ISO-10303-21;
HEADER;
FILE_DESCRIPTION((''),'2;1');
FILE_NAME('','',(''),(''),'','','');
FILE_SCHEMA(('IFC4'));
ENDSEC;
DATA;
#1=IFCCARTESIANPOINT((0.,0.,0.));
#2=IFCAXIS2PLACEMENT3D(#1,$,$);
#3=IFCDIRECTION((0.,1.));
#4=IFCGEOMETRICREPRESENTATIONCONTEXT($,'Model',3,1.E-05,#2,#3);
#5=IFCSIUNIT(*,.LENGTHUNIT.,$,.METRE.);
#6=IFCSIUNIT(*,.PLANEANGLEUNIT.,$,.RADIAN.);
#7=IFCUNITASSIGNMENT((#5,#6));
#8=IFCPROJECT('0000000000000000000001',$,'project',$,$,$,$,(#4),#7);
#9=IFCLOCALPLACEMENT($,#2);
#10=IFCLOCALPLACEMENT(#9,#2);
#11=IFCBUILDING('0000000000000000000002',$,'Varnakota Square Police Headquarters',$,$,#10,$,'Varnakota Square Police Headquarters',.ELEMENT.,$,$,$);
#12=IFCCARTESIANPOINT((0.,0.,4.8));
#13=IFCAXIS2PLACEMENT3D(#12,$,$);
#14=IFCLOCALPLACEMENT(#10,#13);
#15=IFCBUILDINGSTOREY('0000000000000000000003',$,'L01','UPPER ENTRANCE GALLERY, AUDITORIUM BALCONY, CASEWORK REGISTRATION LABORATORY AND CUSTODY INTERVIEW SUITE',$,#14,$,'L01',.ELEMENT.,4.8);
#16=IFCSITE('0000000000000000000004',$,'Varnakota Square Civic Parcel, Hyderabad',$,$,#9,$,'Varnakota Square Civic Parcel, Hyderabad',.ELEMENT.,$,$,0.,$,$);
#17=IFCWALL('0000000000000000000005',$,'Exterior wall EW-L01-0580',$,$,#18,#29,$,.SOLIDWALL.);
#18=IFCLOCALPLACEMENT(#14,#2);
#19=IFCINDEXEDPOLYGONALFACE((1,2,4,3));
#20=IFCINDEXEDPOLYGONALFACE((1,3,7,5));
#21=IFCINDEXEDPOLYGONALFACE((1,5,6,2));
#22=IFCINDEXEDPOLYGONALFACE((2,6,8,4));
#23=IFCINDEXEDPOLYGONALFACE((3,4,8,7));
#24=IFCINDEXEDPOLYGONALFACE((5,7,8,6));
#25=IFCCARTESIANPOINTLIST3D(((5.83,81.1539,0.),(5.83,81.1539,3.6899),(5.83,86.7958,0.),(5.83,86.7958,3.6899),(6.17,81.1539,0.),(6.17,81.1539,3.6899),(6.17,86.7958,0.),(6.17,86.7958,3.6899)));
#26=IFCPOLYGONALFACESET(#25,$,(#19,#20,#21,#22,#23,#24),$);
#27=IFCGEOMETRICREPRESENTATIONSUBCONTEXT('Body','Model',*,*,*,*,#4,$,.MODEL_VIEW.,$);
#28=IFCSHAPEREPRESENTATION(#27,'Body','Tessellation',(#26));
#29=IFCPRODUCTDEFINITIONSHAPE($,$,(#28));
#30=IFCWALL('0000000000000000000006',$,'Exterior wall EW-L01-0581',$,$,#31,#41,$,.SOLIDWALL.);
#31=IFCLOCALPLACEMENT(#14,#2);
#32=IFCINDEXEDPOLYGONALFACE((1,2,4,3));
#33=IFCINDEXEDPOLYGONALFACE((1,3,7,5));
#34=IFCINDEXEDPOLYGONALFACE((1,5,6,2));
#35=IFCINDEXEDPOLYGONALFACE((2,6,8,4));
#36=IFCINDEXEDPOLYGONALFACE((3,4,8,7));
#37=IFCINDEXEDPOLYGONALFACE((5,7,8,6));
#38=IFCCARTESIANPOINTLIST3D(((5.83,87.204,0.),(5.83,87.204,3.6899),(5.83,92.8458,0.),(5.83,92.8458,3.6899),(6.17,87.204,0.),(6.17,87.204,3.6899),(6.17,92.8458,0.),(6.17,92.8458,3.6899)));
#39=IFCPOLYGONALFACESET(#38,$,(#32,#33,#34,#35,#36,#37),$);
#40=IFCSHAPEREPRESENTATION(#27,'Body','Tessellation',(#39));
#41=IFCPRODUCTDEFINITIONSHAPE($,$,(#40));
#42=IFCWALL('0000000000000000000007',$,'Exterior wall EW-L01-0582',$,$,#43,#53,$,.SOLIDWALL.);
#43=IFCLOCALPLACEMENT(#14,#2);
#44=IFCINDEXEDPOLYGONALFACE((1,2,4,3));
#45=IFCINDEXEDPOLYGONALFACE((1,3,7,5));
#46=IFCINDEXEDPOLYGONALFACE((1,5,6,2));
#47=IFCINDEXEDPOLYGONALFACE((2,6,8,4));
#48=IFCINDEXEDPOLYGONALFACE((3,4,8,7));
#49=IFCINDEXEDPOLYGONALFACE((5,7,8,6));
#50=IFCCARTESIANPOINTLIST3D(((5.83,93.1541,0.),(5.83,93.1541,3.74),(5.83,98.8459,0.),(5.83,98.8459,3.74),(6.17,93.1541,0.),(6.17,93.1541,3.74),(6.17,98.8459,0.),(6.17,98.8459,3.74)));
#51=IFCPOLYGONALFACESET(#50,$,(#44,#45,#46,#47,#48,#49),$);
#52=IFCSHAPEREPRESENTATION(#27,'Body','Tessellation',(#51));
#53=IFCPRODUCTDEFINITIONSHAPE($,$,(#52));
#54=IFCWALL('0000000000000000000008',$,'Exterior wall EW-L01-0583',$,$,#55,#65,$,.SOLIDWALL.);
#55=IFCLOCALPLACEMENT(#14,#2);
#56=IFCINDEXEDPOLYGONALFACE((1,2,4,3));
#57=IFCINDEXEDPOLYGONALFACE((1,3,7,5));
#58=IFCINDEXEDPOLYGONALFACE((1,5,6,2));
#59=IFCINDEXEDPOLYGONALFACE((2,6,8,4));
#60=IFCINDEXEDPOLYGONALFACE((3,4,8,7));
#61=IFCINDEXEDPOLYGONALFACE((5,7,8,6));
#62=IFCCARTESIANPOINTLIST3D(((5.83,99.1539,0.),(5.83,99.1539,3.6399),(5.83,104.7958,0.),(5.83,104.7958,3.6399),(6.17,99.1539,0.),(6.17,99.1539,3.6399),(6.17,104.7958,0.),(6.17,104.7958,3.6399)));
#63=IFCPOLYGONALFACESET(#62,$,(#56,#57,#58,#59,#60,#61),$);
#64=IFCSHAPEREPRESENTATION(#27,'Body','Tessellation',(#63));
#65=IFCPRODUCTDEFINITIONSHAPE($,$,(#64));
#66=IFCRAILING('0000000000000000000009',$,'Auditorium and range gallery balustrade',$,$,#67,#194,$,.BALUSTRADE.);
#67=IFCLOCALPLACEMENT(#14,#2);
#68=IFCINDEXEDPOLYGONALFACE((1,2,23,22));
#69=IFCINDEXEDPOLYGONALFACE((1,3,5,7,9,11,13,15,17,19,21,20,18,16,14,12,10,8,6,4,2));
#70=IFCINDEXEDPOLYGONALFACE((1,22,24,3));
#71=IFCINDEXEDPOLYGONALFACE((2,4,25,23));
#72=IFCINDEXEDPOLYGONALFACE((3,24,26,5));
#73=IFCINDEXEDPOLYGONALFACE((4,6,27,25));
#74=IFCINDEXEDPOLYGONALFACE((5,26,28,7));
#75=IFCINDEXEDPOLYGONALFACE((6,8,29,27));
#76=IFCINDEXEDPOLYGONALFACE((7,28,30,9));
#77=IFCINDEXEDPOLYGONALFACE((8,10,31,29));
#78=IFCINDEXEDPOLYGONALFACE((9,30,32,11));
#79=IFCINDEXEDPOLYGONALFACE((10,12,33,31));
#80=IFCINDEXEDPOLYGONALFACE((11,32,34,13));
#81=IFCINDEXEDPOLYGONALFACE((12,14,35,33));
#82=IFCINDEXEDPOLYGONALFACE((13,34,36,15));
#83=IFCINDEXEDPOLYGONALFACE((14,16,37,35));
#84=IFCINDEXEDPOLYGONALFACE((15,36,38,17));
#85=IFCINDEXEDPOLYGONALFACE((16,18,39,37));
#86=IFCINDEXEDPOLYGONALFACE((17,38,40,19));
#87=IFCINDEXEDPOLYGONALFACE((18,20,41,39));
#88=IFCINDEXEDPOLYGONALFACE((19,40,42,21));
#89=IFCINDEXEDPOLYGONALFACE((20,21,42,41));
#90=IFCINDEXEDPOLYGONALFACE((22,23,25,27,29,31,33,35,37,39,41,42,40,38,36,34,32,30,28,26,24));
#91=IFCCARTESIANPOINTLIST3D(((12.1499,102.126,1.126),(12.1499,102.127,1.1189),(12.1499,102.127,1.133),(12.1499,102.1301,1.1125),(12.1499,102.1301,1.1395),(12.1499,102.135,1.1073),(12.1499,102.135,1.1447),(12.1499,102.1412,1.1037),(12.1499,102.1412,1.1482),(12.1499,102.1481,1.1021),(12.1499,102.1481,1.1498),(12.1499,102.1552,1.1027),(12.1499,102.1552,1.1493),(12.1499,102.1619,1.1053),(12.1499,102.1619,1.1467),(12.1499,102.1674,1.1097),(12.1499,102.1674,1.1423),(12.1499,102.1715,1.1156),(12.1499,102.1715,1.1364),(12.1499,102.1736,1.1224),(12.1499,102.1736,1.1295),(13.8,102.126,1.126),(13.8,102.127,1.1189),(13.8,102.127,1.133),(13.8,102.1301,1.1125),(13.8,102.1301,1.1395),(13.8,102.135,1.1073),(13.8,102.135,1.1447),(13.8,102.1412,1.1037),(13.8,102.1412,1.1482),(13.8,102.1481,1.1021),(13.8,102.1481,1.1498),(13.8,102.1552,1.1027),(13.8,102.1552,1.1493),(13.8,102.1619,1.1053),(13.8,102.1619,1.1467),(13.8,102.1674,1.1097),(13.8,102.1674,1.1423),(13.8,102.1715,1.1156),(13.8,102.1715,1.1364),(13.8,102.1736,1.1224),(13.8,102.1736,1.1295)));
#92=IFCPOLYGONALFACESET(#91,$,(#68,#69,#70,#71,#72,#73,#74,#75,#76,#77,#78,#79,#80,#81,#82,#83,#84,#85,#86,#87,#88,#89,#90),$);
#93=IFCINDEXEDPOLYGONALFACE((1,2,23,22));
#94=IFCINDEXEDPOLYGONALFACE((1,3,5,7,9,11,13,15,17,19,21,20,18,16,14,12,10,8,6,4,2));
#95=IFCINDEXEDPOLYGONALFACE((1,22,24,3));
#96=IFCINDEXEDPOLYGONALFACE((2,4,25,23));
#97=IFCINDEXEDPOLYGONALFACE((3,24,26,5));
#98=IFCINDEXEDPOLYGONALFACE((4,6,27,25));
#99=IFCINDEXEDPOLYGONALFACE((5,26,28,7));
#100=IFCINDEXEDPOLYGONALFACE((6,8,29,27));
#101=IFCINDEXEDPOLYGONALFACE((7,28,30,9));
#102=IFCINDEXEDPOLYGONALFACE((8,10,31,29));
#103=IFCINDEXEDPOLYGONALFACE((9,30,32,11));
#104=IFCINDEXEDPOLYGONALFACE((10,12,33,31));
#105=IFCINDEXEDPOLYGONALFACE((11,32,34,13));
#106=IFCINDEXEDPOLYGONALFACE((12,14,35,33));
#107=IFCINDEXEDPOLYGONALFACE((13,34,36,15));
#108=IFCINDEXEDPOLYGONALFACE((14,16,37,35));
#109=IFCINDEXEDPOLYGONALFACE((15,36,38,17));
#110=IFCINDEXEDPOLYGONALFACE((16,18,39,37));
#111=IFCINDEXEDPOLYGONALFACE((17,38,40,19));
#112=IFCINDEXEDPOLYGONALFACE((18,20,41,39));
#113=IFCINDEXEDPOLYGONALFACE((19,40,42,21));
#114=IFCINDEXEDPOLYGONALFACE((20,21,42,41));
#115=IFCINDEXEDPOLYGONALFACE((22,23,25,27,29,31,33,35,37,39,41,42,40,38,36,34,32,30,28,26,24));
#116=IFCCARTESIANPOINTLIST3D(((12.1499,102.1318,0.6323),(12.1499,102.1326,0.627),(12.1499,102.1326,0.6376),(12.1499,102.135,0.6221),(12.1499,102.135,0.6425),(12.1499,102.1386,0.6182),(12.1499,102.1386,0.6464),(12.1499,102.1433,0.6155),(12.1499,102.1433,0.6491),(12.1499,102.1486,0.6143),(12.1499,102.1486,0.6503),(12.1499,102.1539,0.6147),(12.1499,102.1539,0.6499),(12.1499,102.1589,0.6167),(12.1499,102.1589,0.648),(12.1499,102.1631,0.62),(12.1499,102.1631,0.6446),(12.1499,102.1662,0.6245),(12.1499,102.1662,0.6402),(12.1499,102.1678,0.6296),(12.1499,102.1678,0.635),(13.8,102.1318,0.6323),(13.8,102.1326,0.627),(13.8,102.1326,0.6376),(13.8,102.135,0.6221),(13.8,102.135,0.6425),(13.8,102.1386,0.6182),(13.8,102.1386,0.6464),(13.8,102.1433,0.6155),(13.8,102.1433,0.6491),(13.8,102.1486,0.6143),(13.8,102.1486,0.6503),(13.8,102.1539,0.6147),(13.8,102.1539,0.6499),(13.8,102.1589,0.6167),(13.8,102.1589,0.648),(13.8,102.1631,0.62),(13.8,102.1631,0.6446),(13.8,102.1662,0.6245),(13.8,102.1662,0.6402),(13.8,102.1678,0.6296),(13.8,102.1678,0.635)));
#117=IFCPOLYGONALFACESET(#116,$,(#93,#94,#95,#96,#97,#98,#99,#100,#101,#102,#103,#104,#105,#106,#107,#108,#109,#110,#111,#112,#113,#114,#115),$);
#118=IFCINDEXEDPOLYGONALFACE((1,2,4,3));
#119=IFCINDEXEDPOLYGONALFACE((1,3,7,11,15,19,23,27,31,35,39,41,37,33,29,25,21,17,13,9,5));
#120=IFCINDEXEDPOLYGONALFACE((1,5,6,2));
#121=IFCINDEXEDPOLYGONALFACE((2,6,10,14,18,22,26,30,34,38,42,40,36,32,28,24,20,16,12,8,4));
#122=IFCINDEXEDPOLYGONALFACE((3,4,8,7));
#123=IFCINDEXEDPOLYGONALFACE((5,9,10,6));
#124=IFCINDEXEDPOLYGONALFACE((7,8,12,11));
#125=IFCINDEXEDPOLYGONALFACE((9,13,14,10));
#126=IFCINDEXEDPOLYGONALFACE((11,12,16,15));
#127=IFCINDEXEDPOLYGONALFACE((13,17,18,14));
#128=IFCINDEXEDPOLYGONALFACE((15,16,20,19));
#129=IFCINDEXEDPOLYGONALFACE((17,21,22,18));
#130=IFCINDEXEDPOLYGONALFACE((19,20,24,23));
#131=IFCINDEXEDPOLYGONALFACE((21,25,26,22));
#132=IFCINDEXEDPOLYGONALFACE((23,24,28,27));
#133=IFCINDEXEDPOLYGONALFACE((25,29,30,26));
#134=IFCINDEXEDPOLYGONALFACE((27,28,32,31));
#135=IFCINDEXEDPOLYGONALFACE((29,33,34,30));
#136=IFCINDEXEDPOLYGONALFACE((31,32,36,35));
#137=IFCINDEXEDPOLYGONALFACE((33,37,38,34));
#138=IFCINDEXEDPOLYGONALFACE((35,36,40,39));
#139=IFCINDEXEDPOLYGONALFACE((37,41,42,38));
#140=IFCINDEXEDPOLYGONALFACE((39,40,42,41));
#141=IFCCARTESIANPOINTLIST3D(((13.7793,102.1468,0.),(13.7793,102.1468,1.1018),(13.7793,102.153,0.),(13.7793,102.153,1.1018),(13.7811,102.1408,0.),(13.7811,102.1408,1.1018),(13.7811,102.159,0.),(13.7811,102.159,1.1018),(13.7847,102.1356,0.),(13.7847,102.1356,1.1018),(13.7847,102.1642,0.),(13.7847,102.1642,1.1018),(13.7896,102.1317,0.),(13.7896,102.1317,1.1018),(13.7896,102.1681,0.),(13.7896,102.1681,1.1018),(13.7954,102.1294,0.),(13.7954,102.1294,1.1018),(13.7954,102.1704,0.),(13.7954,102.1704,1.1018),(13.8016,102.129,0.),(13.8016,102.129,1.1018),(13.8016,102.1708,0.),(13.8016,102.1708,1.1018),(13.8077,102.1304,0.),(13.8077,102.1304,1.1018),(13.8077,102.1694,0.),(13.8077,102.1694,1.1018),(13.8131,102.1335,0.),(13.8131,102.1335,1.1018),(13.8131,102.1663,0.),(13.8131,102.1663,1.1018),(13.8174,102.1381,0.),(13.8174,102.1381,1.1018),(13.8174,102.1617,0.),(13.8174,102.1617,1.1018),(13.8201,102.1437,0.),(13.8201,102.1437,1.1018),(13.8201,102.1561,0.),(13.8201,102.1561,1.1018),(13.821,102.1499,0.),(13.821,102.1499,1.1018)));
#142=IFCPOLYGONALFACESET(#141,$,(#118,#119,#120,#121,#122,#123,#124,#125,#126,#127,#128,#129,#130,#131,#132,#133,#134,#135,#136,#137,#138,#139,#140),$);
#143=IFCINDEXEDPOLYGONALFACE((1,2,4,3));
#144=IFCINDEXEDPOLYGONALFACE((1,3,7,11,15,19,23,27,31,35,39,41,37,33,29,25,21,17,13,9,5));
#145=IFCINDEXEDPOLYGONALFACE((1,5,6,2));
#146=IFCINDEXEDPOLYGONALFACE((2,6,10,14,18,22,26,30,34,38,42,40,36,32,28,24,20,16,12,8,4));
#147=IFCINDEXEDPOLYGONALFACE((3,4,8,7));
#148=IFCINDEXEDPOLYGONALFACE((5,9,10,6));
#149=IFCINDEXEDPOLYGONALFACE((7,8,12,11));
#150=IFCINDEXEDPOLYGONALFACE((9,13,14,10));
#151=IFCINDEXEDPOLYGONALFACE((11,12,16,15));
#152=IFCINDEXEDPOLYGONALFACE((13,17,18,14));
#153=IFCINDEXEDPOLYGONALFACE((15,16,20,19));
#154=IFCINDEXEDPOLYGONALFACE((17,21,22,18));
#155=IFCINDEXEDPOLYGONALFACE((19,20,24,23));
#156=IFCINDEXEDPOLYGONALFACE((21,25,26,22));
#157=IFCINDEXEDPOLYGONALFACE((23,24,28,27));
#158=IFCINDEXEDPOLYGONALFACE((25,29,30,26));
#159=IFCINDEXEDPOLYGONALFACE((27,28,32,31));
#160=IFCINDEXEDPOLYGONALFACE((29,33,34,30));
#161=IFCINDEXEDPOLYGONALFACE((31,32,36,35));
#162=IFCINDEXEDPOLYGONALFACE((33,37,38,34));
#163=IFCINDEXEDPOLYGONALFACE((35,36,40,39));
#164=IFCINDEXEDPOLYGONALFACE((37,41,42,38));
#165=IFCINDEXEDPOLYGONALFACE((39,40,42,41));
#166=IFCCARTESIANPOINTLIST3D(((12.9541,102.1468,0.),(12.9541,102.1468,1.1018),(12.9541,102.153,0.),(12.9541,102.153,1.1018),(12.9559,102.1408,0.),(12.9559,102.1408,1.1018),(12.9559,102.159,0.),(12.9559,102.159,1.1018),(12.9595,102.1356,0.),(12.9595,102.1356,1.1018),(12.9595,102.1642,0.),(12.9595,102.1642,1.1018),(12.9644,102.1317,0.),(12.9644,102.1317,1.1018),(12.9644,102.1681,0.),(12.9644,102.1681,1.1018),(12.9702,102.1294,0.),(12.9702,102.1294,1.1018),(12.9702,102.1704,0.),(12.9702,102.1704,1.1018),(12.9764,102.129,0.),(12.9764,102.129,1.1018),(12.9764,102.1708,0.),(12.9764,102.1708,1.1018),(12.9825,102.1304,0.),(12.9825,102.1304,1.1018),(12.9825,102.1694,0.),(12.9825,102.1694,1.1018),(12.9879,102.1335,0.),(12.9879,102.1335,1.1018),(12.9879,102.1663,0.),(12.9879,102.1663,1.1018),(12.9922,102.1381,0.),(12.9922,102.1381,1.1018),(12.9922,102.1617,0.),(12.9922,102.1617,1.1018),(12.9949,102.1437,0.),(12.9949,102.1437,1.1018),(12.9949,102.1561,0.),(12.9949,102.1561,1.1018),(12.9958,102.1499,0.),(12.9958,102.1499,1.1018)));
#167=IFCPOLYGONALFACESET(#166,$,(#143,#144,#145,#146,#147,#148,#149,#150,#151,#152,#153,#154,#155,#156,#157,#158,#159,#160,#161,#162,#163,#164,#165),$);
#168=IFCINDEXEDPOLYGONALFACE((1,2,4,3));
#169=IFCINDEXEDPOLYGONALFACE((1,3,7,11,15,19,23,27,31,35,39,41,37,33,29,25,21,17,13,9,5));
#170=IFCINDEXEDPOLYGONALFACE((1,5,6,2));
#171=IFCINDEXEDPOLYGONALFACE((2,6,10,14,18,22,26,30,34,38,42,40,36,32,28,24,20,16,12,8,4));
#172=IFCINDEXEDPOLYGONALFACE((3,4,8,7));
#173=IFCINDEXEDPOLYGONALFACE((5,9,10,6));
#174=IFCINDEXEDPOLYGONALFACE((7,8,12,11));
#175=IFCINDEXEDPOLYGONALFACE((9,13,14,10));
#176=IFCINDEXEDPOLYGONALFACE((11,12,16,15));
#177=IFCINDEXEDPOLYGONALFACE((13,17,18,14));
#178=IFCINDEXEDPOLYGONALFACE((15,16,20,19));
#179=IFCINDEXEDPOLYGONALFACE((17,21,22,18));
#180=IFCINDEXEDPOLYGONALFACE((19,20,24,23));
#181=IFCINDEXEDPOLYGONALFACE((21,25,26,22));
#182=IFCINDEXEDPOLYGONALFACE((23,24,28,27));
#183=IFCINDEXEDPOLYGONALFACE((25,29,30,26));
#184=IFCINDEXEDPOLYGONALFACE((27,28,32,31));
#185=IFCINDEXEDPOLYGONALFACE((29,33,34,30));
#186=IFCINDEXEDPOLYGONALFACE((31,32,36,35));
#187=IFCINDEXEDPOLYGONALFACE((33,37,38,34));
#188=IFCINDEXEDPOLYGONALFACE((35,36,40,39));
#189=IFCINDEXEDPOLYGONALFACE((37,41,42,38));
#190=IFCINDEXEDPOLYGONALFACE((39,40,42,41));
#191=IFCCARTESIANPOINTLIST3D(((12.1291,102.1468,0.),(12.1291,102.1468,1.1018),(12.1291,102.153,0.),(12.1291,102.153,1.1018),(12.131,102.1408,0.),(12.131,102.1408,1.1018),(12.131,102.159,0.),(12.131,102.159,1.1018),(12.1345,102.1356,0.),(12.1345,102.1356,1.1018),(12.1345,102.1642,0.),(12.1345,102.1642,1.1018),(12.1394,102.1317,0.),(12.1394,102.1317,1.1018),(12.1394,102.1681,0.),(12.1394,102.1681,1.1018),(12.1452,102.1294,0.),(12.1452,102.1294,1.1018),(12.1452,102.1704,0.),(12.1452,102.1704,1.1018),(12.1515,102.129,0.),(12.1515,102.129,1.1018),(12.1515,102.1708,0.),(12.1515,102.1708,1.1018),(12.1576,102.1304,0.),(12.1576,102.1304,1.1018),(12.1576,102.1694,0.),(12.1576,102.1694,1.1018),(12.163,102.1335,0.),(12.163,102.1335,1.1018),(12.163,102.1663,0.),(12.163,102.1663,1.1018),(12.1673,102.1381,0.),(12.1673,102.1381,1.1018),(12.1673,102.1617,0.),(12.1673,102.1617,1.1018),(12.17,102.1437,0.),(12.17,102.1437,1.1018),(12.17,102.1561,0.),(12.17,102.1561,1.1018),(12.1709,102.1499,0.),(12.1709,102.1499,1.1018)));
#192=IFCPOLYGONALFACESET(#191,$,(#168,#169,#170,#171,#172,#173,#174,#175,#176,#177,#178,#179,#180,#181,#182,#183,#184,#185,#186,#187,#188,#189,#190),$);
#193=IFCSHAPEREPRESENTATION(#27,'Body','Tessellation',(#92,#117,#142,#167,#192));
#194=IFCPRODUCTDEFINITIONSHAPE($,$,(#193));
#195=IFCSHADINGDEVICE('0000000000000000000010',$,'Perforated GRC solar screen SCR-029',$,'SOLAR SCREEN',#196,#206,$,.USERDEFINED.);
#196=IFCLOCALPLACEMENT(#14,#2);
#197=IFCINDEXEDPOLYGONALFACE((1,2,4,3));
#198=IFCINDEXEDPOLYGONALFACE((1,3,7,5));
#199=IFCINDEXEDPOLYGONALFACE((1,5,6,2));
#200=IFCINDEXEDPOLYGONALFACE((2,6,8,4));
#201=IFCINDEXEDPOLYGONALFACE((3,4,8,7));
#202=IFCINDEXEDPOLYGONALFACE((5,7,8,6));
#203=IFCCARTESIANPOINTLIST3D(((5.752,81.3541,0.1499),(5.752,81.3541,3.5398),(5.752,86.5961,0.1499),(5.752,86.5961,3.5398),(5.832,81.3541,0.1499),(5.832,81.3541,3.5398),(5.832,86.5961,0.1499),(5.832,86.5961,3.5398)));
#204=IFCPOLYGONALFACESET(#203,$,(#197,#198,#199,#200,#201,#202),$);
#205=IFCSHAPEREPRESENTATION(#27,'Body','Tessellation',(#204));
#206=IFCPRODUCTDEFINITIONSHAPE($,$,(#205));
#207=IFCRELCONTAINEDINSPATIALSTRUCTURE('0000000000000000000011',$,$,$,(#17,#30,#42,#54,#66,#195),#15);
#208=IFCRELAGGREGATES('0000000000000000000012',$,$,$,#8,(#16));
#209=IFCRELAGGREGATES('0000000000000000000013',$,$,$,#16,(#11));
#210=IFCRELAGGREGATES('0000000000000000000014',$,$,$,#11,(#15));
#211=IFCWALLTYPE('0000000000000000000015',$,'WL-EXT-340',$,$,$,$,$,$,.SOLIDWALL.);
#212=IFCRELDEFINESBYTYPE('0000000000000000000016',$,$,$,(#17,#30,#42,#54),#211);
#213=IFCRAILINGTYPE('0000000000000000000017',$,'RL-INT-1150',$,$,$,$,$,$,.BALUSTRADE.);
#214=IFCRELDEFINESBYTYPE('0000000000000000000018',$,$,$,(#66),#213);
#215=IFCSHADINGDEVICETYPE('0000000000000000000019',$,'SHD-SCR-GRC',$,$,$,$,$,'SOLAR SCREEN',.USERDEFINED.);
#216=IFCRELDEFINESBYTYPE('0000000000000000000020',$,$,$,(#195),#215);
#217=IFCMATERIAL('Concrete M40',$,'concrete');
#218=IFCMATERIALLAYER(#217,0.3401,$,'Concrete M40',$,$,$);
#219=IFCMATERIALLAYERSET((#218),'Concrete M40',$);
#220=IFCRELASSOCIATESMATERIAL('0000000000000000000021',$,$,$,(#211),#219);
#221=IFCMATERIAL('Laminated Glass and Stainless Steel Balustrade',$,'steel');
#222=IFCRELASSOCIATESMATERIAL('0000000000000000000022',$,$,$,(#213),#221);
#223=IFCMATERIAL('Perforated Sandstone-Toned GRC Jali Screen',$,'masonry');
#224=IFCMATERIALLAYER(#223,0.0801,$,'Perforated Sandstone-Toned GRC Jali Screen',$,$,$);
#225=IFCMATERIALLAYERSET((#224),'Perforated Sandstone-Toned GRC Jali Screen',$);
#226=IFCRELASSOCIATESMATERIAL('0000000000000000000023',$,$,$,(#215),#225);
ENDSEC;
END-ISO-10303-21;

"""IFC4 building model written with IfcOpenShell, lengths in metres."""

from ifc_helpers import new_model, si_unit, direction, frame, frame_2d, origin, origin_2d, place, context, subcontext, project, spatial, rectangle, circle, extrude, material, layer, layer_set, type_object, element, save


model = new_model("IFC4")

# Units and contexts
model_context = context("Model", 3, precision=1e-05, world=origin(), true_north=direction((0.0, 1.0)))
body_context = subcontext(model_context, "Body", "Model", "MODEL_VIEW")
ifc_project = project(units=[si_unit("LENGTHUNIT", "METRE"), si_unit("PLANEANGLEUNIT", "RADIAN")], contexts=[model_context])

# Site, building, storey
site_placement = place(None, origin())
site = spatial("IfcSite", under=ifc_project, at=site_placement, Name="Varnakota Square Civic Parcel, Hyderabad", LongName="Varnakota Square Civic Parcel, Hyderabad", CompositionType="ELEMENT", RefElevation=0.0)
building_placement = place(site_placement, origin())
building = spatial("IfcBuilding", under=site, at=building_placement, Name="Varnakota Square Police Headquarters", LongName="Varnakota Square Police Headquarters", CompositionType="ELEMENT")
storey_placement = place(building_placement, frame((0.0, 0.0, 4.8)))
storey = spatial("IfcBuildingStorey", under=building, at=storey_placement, Name="L01", Description="UPPER ENTRANCE GALLERY, AUDITORIUM BALCONY, CASEWORK REGISTRATION LABORATORY AND CUSTODY INTERVIEW SUITE", LongName="L01", CompositionType="ELEMENT", Elevation=4.8)

# Walls
ifc_material_1 = material(Name="Concrete M40", Category="concrete")
ifc_layer_1 = layer(ifc_material_1, 0.3401, Name="Concrete M40")
ifc_layer_set_1 = layer_set([ifc_layer_1], Name="Concrete M40")
wall_type_1 = type_object("IfcWallType", Name="WL-EXT-340", PredefinedType="SOLIDWALL", material=ifc_layer_set_1)
for number, where, z_axis, x_axis, name in (
    (1, (6.0, 81.1541, 0.0), (0.0, 0.0, 1.0), (0.0, 1.0, 0.0), "Exterior wall EW-L01-0580"),
    (2, (6.0, 87.2041, 0.0), (0.0, 0.0, 1.0), (0.0, 1.0, 0.0), "Exterior wall EW-L01-0581"),
):
    element("IfcWall", number, at=place(storey_placement, frame(where, z_axis=z_axis, x_axis=x_axis)), inside=storey, type_object=wall_type_1, Name=name, PredefinedType="SOLIDWALL", context=body_context, shape_type="SweptSolid", body=[
        extrude(rectangle(XDim=5.6418, YDim=0.3401, at=frame_2d((2.8208, 0.0))), origin(), (0.0, 0.0, 1.0), 3.6899),
    ])
wall_1_placement = place(storey_placement, frame((6.0, 93.1541, 0.0), z_axis=(0.0, 0.0, 1.0), x_axis=(0.0, 1.0, 0.0)))
element("IfcWall", 3, at=wall_1_placement, inside=storey, type_object=wall_type_1, Name="Exterior wall EW-L01-0582", PredefinedType="SOLIDWALL", context=body_context, shape_type="SweptSolid", body=[
    extrude(rectangle(XDim=5.6919, YDim=0.3401, at=frame_2d((2.8459, 0.0))), origin(), (0.0, 0.0, 1.0), 3.74),
])
wall_2_placement = place(storey_placement, frame((6.0, 99.1541, 0.0), z_axis=(0.0, 0.0, 1.0), x_axis=(0.0, 1.0, 0.0)))
element("IfcWall", 4, at=wall_2_placement, inside=storey, type_object=wall_type_1, Name="Exterior wall EW-L01-0583", PredefinedType="SOLIDWALL", context=body_context, shape_type="SweptSolid", body=[
    extrude(rectangle(XDim=5.6418, YDim=0.3401, at=frame_2d((2.8208, 0.0))), origin(), (0.0, 0.0, 1.0), 3.6399),
])

# Railing
ifc_material_2 = material(Name="Laminated Glass and Stainless Steel Balustrade", Category="steel")
railing_type_1 = type_object("IfcRailingType", Name="RL-INT-1150", PredefinedType="BALUSTRADE", material=ifc_material_2)
railing_1_placement = place(storey_placement, frame((13.8, 102.1499, 0.0)))
element("IfcRailing", 5, at=railing_1_placement, inside=storey, type_object=railing_type_1, Name="Auditorium and range gallery balustrade", PredefinedType="BALUSTRADE", context=body_context, shape_type="SweptSolid", body=[
    extrude(circle(Radius=0.0239, at=origin_2d()), frame((0.0, 0.0, 1.126), z_axis=(-1.0, 0.0, 0.0), x_axis=(0.0, -1.0, 0.0)), (0.0, 0.0, 1.0), 1.6501),
    extrude(circle(Radius=0.0181, at=origin_2d()), frame((0.0, 0.0, 0.6323), z_axis=(-1.0, 0.0, 0.0), x_axis=(0.0, -1.0, 0.0)), (0.0, 0.0, 1.0), 1.6501),
    extrude(circle(Radius=0.021, at=origin_2d()), origin(), (0.0, 0.0, 1.0), 1.1018),
    extrude(circle(Radius=0.021, at=origin_2d()), frame((-0.8252, 0.0, 0.0)), (0.0, 0.0, 1.0), 1.1018),
    extrude(circle(Radius=0.021, at=origin_2d()), frame((-1.6501, 0.0, 0.0)), (0.0, 0.0, 1.0), 1.1018),
])

# Shading device
ifc_material_3 = material(Name="Perforated Sandstone-Toned GRC Jali Screen", Category="masonry")
ifc_layer_2 = layer(ifc_material_3, 0.0801, Name="Perforated Sandstone-Toned GRC Jali Screen")
ifc_layer_set_2 = layer_set([ifc_layer_2], Name="Perforated Sandstone-Toned GRC Jali Screen")
shading_device_type = type_object("IfcShadingDeviceType", Name="SHD-SCR-GRC", ElementType="SOLAR SCREEN", PredefinedType="USERDEFINED", material=ifc_layer_set_2)
for number, where, z_axis, x_axis, name in (
    (6, (5.792, 83.9751, 0.1499), (0.0, 0.0, 1.0), (0.0, 1.0, 0.0), "Perforated GRC solar screen SCR-029"),
):
    element("IfcShadingDevice", number, at=place(storey_placement, frame(where, z_axis=z_axis, x_axis=x_axis)), inside=storey, type_object=shading_device_type, Name=name, ObjectType="SOLAR SCREEN", PredefinedType="USERDEFINED", context=body_context, shape_type="SweptSolid", body=[
        extrude(rectangle(XDim=5.2419, YDim=0.0801, at=origin_2d()), origin(), (0.0, 0.0, 1.0), 3.3899),
    ])

save(model, "model.ifc")
